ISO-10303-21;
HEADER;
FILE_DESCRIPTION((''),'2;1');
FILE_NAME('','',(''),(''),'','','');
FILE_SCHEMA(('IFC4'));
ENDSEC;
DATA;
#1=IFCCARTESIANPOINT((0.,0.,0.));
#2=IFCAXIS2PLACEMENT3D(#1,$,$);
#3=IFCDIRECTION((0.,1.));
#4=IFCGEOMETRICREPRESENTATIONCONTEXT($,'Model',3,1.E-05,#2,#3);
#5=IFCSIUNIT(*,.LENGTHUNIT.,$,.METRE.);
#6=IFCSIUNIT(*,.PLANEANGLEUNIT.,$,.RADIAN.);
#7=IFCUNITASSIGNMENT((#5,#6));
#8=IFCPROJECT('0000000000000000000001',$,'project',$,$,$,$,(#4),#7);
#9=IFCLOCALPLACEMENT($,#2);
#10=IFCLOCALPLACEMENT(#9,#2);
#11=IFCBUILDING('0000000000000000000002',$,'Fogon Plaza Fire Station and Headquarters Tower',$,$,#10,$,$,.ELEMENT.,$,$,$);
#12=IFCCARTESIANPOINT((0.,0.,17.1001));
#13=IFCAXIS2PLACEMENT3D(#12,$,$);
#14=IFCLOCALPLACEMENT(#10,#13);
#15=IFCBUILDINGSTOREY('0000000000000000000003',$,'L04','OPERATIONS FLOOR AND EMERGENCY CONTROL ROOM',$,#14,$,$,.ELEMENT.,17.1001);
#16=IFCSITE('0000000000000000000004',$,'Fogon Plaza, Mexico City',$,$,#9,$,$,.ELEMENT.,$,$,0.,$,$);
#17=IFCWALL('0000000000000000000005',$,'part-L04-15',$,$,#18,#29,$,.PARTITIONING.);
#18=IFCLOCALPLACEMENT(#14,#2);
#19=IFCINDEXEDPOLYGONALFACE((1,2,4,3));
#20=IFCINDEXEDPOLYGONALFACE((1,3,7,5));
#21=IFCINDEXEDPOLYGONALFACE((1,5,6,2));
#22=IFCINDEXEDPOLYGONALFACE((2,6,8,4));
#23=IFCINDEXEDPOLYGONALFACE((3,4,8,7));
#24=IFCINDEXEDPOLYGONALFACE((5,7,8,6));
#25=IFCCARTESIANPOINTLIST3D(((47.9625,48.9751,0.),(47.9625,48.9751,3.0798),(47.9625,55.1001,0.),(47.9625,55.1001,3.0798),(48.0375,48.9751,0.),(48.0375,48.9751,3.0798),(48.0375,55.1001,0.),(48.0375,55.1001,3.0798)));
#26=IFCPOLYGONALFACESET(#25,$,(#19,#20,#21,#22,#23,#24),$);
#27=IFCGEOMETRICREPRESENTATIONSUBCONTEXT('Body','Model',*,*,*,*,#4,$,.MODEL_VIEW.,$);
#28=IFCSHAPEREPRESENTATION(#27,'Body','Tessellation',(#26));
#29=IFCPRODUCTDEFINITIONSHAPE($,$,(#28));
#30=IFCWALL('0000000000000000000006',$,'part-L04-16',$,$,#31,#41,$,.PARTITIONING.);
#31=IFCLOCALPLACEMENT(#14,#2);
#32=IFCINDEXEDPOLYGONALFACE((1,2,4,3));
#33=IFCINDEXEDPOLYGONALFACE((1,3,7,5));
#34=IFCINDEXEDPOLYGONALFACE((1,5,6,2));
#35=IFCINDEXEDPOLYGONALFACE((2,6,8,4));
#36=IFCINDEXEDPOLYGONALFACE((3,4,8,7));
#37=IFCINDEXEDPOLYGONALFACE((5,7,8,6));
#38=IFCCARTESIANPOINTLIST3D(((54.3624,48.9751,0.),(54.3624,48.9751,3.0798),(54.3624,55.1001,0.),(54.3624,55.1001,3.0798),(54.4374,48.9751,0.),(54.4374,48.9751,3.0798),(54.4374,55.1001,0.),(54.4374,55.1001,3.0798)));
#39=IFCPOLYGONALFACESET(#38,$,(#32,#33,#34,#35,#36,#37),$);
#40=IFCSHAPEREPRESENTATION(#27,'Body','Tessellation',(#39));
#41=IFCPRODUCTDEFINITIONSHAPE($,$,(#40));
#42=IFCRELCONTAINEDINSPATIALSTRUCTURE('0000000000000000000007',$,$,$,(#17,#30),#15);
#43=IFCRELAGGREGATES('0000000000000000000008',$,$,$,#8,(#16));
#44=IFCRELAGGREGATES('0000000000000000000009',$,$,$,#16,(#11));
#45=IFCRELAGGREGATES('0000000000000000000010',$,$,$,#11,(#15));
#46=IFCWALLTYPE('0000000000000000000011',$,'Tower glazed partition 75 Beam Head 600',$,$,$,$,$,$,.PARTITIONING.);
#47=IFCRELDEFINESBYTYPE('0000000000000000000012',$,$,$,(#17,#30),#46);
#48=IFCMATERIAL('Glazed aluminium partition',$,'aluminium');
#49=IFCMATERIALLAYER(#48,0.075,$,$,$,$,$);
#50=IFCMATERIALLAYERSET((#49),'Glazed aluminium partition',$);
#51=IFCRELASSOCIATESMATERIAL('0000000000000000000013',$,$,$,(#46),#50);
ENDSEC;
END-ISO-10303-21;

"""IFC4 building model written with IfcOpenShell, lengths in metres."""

from ifc_helpers import new_model, si_unit, direction, frame, frame_2d, origin, place, context, subcontext, project, spatial, rectangle, extrude, material, layer, layer_set, type_object, element, save


model = new_model("IFC4")

# Units and contexts
model_context = context("Model", 3, precision=1e-05, world=origin(), true_north=direction((0.0, 1.0)))
body_context = subcontext(model_context, "Body", "Model", "MODEL_VIEW")
ifc_project = project(units=[si_unit("LENGTHUNIT", "METRE"), si_unit("PLANEANGLEUNIT", "RADIAN")], contexts=[model_context])

# Site, building, storey
site_placement = place(None, origin())
site = spatial("IfcSite", under=ifc_project, at=site_placement, Name="Fogon Plaza, Mexico City", CompositionType="ELEMENT", RefElevation=0.0)
building_placement = place(site_placement, origin())
building = spatial("IfcBuilding", under=site, at=building_placement, Name="Fogon Plaza Fire Station and Headquarters Tower", CompositionType="ELEMENT")
storey_placement = place(building_placement, frame((0.0, 0.0, 17.1001)))
storey = spatial("IfcBuildingStorey", under=building, at=storey_placement, Name="L04", Description="OPERATIONS FLOOR AND EMERGENCY CONTROL ROOM", CompositionType="ELEMENT", Elevation=17.1001)

# Walls
ifc_material_1 = material(Name="Glazed aluminium partition", Category="aluminium")
ifc_layer_1 = layer(ifc_material_1, 0.075)
ifc_layer_set_1 = layer_set([ifc_layer_1], Name="Glazed aluminium partition")
wall_type_1 = type_object("IfcWallType", Name="Tower glazed partition 75 Beam Head 600", PredefinedType="PARTITIONING", material=ifc_layer_set_1)
for number, where, z_axis, x_axis, name in (
    (1, (48.0, 48.9751, 0.0), (0.0, 0.0, 1.0), (0.0, 1.0, 0.0), "part-L04-15"),
    (2, (54.3999, 48.9751, 0.0), (0.0, 0.0, 1.0), (0.0, 1.0, 0.0), "part-L04-16"),
):
    element("IfcWall", number, at=place(storey_placement, frame(where, z_axis=z_axis, x_axis=x_axis)), inside=storey, type_object=wall_type_1, Name=name, PredefinedType="PARTITIONING", context=body_context, shape_type="SweptSolid", body=[
        extrude(rectangle(XDim=6.125, YDim=0.075, at=frame_2d((3.0625, 0.0))), origin(), (0.0, 0.0, 1.0), 3.0798),
    ])

save(model, "model.ifc")
